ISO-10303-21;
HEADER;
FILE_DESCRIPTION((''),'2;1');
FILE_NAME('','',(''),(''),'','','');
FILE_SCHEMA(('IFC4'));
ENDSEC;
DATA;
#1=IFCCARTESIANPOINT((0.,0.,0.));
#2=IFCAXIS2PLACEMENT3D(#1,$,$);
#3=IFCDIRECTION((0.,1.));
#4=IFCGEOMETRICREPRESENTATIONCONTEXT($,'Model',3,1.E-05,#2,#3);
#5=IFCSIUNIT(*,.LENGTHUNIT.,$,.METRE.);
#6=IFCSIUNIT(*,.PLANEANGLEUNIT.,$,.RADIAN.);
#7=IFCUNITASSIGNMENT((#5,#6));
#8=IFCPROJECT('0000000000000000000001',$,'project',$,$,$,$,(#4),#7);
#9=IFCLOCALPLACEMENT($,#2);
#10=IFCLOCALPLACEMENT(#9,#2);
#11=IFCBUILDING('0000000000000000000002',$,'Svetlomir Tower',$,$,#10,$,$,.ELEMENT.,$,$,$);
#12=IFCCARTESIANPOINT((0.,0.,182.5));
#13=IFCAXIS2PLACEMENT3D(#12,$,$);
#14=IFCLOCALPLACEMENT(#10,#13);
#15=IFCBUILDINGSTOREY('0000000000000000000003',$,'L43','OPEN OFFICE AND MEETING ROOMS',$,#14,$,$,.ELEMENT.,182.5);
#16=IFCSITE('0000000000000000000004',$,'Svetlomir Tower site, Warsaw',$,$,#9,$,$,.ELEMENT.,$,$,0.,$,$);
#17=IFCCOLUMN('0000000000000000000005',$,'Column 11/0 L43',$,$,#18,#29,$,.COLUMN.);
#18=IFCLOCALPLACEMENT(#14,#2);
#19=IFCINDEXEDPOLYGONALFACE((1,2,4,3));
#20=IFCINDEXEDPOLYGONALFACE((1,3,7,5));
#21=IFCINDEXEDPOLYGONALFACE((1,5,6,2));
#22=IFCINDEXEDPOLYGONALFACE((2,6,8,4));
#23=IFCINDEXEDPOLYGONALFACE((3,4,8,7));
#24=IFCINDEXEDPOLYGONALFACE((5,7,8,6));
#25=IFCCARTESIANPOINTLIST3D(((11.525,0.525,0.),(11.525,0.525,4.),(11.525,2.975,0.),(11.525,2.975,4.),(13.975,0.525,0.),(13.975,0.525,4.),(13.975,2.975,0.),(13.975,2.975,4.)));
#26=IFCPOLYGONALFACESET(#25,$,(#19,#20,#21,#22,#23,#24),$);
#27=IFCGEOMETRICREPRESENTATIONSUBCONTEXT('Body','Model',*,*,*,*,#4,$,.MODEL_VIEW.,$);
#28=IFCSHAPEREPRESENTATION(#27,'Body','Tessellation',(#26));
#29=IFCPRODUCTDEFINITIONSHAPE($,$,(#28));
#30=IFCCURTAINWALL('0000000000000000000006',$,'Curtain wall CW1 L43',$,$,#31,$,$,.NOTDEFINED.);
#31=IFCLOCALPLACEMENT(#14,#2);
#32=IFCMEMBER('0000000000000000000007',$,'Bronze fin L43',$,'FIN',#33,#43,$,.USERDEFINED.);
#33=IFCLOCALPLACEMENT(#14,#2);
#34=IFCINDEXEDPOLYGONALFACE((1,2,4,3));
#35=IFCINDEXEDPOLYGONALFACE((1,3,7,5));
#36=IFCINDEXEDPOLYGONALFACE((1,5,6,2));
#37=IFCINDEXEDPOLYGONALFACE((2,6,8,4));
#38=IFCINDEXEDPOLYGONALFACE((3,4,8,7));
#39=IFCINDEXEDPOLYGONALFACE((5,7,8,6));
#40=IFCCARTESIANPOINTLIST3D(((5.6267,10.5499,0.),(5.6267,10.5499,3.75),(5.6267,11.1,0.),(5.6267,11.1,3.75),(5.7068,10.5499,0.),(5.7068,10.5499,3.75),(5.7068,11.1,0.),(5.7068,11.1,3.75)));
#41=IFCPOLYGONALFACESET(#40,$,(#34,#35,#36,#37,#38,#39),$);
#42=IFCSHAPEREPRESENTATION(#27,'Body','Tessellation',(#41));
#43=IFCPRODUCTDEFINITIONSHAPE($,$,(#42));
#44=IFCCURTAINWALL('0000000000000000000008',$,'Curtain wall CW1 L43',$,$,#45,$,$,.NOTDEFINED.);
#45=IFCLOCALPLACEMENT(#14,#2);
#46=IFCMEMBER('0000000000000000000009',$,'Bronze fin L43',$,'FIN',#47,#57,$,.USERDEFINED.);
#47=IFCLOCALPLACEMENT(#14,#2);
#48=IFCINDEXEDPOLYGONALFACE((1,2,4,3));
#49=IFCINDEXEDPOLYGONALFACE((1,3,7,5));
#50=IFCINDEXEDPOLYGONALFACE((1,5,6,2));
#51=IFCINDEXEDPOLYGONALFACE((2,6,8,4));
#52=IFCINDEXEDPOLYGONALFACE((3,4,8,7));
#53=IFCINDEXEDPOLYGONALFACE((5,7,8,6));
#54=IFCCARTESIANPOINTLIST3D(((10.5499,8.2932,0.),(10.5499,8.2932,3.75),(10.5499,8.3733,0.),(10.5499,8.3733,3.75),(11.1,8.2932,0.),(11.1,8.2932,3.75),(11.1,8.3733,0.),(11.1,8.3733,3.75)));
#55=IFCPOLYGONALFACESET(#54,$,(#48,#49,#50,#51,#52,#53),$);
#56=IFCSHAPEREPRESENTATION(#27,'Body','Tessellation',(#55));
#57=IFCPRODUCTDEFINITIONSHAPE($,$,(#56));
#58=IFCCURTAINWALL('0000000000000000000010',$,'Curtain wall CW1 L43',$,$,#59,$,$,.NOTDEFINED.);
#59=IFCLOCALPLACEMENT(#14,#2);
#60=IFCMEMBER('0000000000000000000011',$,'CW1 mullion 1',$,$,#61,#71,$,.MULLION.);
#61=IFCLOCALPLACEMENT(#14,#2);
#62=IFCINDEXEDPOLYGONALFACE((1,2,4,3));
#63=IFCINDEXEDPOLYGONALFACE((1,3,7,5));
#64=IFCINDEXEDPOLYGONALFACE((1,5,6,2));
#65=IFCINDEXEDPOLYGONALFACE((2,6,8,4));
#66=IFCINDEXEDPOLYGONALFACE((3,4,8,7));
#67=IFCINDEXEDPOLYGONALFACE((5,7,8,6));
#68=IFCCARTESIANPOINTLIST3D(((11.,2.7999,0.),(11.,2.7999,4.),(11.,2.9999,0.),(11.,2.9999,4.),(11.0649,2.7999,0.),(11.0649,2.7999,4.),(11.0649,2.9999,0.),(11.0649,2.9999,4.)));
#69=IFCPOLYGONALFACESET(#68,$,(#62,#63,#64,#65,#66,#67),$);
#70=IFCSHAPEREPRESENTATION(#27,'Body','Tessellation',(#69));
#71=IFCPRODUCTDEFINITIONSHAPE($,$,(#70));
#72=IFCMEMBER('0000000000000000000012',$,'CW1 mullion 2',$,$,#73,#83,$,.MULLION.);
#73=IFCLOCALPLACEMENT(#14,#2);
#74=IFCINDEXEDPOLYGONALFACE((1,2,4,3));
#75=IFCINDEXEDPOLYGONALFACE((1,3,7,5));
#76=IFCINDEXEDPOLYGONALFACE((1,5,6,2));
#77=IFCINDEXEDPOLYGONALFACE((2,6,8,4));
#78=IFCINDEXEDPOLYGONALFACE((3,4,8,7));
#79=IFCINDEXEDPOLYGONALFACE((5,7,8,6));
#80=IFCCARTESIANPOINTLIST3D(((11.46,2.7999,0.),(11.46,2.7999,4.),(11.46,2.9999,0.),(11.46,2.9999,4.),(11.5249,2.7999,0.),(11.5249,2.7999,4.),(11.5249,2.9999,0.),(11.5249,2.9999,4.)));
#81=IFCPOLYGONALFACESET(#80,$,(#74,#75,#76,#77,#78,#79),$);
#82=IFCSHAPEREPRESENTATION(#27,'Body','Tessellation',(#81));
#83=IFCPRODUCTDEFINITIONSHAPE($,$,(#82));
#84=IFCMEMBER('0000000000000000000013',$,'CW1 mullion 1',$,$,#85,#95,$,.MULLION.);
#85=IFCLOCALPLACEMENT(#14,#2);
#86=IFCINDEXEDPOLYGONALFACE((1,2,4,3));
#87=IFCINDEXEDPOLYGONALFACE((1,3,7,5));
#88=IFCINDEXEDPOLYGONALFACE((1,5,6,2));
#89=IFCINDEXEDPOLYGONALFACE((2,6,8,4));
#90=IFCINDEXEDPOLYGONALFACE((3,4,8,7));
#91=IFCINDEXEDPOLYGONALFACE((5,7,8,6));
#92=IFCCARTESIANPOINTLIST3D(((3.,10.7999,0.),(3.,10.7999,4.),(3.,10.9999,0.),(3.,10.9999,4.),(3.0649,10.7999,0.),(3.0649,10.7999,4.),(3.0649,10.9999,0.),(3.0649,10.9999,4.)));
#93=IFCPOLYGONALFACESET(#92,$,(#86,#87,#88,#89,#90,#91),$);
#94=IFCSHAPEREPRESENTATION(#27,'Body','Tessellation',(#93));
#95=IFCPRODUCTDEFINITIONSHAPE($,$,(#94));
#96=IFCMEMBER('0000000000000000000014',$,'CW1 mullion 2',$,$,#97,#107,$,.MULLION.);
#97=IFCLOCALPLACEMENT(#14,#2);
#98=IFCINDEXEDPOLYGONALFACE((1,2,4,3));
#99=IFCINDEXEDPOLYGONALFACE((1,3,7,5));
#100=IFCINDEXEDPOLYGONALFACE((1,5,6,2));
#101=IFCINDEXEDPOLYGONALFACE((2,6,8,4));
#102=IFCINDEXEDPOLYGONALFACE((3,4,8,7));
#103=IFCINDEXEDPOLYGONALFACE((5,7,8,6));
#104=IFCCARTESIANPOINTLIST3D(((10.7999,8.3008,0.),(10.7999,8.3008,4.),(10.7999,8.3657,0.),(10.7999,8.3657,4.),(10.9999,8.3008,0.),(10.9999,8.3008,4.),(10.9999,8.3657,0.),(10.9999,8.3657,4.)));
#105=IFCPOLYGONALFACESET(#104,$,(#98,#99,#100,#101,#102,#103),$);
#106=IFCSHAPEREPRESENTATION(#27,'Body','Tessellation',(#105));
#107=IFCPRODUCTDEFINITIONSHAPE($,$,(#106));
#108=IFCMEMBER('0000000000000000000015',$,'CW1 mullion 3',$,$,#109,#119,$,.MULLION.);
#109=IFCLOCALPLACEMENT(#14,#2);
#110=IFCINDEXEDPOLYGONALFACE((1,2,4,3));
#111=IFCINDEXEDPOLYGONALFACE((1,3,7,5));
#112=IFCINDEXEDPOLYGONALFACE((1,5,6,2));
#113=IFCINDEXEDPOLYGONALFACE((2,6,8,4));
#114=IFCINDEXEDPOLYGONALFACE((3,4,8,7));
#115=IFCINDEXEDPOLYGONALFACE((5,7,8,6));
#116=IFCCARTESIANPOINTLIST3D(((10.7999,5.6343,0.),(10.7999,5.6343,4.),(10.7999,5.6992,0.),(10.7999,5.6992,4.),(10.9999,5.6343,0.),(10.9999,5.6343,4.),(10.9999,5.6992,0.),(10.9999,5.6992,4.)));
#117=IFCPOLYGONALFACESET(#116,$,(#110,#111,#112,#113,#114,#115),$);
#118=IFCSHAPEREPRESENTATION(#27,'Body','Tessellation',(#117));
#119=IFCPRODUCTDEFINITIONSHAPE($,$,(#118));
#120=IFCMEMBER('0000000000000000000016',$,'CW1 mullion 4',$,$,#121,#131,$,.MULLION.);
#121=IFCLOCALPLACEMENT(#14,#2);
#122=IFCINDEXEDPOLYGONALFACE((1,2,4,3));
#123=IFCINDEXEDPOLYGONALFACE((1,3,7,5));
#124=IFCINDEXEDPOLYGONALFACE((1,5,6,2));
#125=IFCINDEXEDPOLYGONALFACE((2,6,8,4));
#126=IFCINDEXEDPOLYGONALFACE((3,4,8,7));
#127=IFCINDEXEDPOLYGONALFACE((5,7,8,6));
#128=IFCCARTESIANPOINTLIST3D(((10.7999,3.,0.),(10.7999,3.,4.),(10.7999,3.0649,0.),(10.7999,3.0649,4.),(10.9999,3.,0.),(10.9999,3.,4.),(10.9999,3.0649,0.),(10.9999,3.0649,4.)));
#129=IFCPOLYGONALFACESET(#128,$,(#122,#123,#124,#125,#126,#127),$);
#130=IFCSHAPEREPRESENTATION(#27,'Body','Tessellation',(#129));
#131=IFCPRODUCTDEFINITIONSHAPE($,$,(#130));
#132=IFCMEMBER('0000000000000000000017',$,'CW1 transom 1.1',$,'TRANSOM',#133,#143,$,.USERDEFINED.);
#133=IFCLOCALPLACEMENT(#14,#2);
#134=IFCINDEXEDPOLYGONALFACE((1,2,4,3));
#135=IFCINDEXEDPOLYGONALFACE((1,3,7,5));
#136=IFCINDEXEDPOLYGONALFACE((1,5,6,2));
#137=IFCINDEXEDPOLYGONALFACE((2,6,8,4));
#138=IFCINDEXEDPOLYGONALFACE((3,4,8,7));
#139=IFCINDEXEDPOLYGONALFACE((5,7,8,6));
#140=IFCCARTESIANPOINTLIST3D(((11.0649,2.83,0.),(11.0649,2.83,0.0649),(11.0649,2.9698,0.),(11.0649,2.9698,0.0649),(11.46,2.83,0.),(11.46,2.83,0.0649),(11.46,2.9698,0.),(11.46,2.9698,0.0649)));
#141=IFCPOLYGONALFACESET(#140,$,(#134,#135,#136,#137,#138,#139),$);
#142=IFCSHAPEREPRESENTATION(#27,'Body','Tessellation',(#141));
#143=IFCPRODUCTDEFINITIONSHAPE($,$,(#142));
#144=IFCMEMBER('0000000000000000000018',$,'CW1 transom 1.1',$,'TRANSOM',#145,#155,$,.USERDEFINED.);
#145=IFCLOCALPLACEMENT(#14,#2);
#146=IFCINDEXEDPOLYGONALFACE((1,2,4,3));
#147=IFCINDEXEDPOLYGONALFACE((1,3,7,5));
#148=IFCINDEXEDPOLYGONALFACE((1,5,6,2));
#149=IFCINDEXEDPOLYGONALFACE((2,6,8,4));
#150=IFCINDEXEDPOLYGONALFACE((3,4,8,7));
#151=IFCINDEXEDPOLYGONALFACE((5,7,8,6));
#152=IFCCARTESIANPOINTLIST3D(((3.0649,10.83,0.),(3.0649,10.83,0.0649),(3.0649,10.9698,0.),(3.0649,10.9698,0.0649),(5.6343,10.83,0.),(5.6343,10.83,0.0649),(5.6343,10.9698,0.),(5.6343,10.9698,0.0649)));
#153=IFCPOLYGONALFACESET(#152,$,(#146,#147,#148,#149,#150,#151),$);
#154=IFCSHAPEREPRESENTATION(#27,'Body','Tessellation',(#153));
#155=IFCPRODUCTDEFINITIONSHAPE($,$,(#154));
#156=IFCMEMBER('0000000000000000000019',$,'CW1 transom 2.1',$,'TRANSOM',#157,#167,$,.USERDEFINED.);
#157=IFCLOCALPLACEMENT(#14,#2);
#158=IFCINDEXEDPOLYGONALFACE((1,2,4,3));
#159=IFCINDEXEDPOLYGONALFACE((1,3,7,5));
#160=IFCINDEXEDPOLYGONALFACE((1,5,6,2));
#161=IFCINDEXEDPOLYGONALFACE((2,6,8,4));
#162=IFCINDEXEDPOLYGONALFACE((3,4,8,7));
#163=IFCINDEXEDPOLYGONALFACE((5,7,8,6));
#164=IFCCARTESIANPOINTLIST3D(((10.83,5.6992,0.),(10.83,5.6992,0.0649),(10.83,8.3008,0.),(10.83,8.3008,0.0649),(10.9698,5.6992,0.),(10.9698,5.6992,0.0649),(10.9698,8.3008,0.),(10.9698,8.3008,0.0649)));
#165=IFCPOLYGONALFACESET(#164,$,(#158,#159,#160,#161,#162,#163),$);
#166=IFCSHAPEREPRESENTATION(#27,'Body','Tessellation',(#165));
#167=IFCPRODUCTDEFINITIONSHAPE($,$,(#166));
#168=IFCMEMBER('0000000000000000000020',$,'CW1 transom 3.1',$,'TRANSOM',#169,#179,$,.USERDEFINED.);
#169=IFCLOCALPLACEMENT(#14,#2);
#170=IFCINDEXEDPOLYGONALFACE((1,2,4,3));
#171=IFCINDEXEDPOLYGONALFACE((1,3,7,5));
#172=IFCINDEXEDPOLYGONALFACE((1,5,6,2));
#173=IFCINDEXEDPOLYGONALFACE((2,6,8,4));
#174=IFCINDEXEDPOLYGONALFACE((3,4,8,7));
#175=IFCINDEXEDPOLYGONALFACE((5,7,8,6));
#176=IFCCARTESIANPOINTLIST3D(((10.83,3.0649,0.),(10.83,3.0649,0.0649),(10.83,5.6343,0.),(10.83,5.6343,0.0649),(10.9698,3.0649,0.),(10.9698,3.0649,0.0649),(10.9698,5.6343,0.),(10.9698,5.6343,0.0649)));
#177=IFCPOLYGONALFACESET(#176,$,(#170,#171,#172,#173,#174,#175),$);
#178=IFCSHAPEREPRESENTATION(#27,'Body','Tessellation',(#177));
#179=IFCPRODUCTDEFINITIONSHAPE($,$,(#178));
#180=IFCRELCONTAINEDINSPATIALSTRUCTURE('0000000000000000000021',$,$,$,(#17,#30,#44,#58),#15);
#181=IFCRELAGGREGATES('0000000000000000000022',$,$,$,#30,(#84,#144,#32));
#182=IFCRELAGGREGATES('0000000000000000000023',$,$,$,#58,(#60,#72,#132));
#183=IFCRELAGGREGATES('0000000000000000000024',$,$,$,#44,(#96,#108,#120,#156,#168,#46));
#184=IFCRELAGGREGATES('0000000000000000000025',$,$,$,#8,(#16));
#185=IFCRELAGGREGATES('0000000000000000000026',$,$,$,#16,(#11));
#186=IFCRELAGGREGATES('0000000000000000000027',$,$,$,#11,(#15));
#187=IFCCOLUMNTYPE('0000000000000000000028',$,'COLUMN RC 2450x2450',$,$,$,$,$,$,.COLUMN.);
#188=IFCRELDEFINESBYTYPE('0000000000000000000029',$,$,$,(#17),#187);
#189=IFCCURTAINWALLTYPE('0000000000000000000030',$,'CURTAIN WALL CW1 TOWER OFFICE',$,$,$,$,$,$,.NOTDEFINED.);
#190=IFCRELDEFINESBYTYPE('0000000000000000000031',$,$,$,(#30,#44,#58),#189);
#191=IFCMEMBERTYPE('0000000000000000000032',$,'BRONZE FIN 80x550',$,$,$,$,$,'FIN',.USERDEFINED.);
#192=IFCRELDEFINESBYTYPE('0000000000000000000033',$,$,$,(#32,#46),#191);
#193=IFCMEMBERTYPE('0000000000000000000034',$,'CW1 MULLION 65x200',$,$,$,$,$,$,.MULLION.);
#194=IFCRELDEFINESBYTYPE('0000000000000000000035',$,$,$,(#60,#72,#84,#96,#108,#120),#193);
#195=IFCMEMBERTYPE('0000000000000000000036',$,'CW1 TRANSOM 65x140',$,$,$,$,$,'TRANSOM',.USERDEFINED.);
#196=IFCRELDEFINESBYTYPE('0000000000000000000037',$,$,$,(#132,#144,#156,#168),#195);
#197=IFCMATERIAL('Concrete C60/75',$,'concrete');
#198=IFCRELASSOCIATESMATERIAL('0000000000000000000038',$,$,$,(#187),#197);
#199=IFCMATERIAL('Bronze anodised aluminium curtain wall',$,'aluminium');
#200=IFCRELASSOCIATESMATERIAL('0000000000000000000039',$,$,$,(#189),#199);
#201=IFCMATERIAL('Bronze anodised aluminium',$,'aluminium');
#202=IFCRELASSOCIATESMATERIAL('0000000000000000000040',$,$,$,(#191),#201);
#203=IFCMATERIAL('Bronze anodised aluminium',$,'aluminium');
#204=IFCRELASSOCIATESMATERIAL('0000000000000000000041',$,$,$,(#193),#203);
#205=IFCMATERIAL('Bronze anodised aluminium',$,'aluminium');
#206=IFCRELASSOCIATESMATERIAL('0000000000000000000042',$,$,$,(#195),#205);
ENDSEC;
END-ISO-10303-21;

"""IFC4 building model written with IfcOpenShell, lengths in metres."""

from ifc_helpers import new_model, si_unit, direction, frame, origin, origin_2d, place, context, subcontext, project, spatial, rectangle, extrude, material, material_profile, profile_set, type_object, element, aggregate, save


model = new_model("IFC4")

# Units and contexts
model_context = context("Model", 3, precision=1e-05, world=origin(), true_north=direction((0.0, 1.0)))
body_context = subcontext(model_context, "Body", "Model", "MODEL_VIEW")
ifc_project = project(units=[si_unit("LENGTHUNIT", "METRE"), si_unit("PLANEANGLEUNIT", "RADIAN")], contexts=[model_context])

# Site, building, storey
site_placement = place(None, origin())
site = spatial("IfcSite", under=ifc_project, at=site_placement, Name="Svetlomir Tower site, Warsaw", CompositionType="ELEMENT", RefElevation=0.0)
building_placement = place(site_placement, origin())
building = spatial("IfcBuilding", under=site, at=building_placement, Name="Svetlomir Tower", CompositionType="ELEMENT")
storey_placement = place(building_placement, frame((0.0, 0.0, 182.5)))
storey = spatial("IfcBuildingStorey", under=building, at=storey_placement, Name="L43", Description="OPEN OFFICE AND MEETING ROOMS", CompositionType="ELEMENT", Elevation=182.5)

# Column
ifc_material_1 = material(Name="Concrete C60/75", Category="concrete")
ifc_material_profile_1 = material_profile(ifc_material_1, rectangle(XDim=2.45, YDim=2.45, at=origin_2d()), Name="RC 2450x2450")
ifc_profile_set_1 = profile_set([ifc_material_profile_1], Name="Concrete C60/75")
column_type = type_object("IfcColumnType", Name="COLUMN RC 2450x2450", PredefinedType="COLUMN", material=ifc_profile_set_1)
column_placement = place(storey_placement, frame((12.75, 1.75, 0.0), z_axis=(0.0, 0.0, 1.0), x_axis=(1.0, 0.0, 0.0)))
element("IfcColumn", 1, at=column_placement, inside=storey, type_object=column_type, Name="Column 11/0 L43", PredefinedType="COLUMN", context=body_context, shape_type="SweptSolid", body=[
    extrude(rectangle(XDim=2.45, YDim=2.45, at=origin_2d()), origin(), (0.0, 0.0, 1.0), 4.0),
])

# Curtain walls, members
ifc_material_2 = material(Name="Bronze anodised aluminium curtain wall", Category="aluminium")
curtain_wall_type = type_object("IfcCurtainWallType", Name="CURTAIN WALL CW1 TOWER OFFICE", PredefinedType="NOTDEFINED", material=ifc_material_2)
curtain_wall_1_placement = place(storey_placement, origin())
curtain_wall_1 = element("IfcCurtainWall", 2, at=curtain_wall_1_placement, inside=storey, type_object=curtain_wall_type, Name="Curtain wall CW1 L43", PredefinedType="NOTDEFINED")
ifc_material_3 = material(Name="Bronze anodised aluminium", Category="aluminium")
ifc_material_profile_2 = material_profile(ifc_material_3, rectangle(XDim=0.0801, YDim=0.55, at=origin_2d()), Name="FIN 80x550")
ifc_profile_set_2 = profile_set([ifc_material_profile_2], Name="Bronze anodised aluminium 6063-T6")
member_type_1 = type_object("IfcMemberType", Name="BRONZE FIN 80x550", ElementType="FIN", PredefinedType="USERDEFINED", material=ifc_profile_set_2)
member_1_placement = place(storey_placement, frame((5.6667, 10.825, 0.0), z_axis=(0.0, 0.0, 1.0), x_axis=(1.0, 0.0, 0.0)))
member_1 = element("IfcMember", 3, at=member_1_placement, type_object=member_type_1, Name="Bronze fin L43", ObjectType="FIN", PredefinedType="USERDEFINED", context=body_context, shape_type="SweptSolid", body=[
    extrude(rectangle(XDim=0.0801, YDim=0.55, at=origin_2d()), origin(), (0.0, 0.0, 1.0), 3.75),
])
curtain_wall_2_placement = place(storey_placement, origin())
curtain_wall_2 = element("IfcCurtainWall", 4, at=curtain_wall_2_placement, inside=storey, type_object=curtain_wall_type, Name="Curtain wall CW1 L43", PredefinedType="NOTDEFINED")
member_2_placement = place(storey_placement, frame((10.825, 8.3333, 0.0), z_axis=(0.0, 0.0, 1.0), x_axis=(0.0, 1.0, 0.0)))
member_2 = element("IfcMember", 5, at=member_2_placement, type_object=member_type_1, Name="Bronze fin L43", ObjectType="FIN", PredefinedType="USERDEFINED", context=body_context, shape_type="SweptSolid", body=[
    extrude(rectangle(XDim=0.0801, YDim=0.55, at=origin_2d()), origin(), (0.0, 0.0, 1.0), 3.75),
])

# Curtain wall, members
curtain_wall_3_placement = place(storey_placement, origin())
curtain_wall_3 = element("IfcCurtainWall", 6, at=curtain_wall_3_placement, inside=storey, type_object=curtain_wall_type, Name="Curtain wall CW1 L43", PredefinedType="NOTDEFINED")
ifc_material_4 = material(Name="Bronze anodised aluminium", Category="aluminium")
ifc_material_profile_3 = material_profile(ifc_material_4, rectangle(XDim=0.0649, YDim=0.2, at=origin_2d()), Name="AL 65x200")
ifc_profile_set_3 = profile_set([ifc_material_profile_3], Name="Bronze anodised aluminium 6063-T6")
member_type_2 = type_object("IfcMemberType", Name="CW1 MULLION 65x200", PredefinedType="MULLION", material=ifc_profile_set_3)
member_3_placement = place(storey_placement, frame((11.0325, 2.8999, 0.0), z_axis=(0.0, 0.0, 1.0), x_axis=(1.0, 0.0, 0.0)))
member_3 = element("IfcMember", 7, at=member_3_placement, type_object=member_type_2, Name="CW1 mullion 1", PredefinedType="MULLION", context=body_context, shape_type="SweptSolid", body=[
    extrude(rectangle(XDim=0.0649, YDim=0.2, at=origin_2d()), origin(), (0.0, 0.0, 1.0), 4.0),
])
member_4_placement = place(storey_placement, frame((11.4924, 2.8999, 0.0), z_axis=(0.0, 0.0, 1.0), x_axis=(1.0, 0.0, 0.0)))
member_4 = element("IfcMember", 8, at=member_4_placement, type_object=member_type_2, Name="CW1 mullion 2", PredefinedType="MULLION", context=body_context, shape_type="SweptSolid", body=[
    extrude(rectangle(XDim=0.0649, YDim=0.2, at=origin_2d()), origin(), (0.0, 0.0, 1.0), 4.0),
])

# Members
member_5_placement = place(storey_placement, frame((3.0325, 10.8999, 0.0), z_axis=(0.0, 0.0, 1.0), x_axis=(1.0, 0.0, 0.0)))
member_5 = element("IfcMember", 9, at=member_5_placement, type_object=member_type_2, Name="CW1 mullion 1", PredefinedType="MULLION", context=body_context, shape_type="SweptSolid", body=[
    extrude(rectangle(XDim=0.0649, YDim=0.2, at=origin_2d()), origin(), (0.0, 0.0, 1.0), 4.0),
])
member_6_placement = place(storey_placement, frame((10.8999, 8.3333, 0.0), z_axis=(0.0, 0.0, 1.0), x_axis=(0.0, -1.0, 0.0)))
member_6 = element("IfcMember", 10, at=member_6_placement, type_object=member_type_2, Name="CW1 mullion 2", PredefinedType="MULLION", context=body_context, shape_type="SweptSolid", body=[
    extrude(rectangle(XDim=0.0649, YDim=0.2, at=origin_2d()), origin(), (0.0, 0.0, 1.0), 4.0),
])
member_7_placement = place(storey_placement, frame((10.8999, 5.6667, 0.0), z_axis=(0.0, 0.0, 1.0), x_axis=(0.0, -1.0, 0.0)))
member_7 = element("IfcMember", 11, at=member_7_placement, type_object=member_type_2, Name="CW1 mullion 3", PredefinedType="MULLION", context=body_context, shape_type="SweptSolid", body=[
    extrude(rectangle(XDim=0.0649, YDim=0.2, at=origin_2d()), origin(), (0.0, 0.0, 1.0), 4.0),
])
member_8_placement = place(storey_placement, frame((10.8999, 3.0325, 0.0), z_axis=(0.0, 0.0, 1.0), x_axis=(0.0, -1.0, 0.0)))
member_8 = element("IfcMember", 12, at=member_8_placement, type_object=member_type_2, Name="CW1 mullion 4", PredefinedType="MULLION", context=body_context, shape_type="SweptSolid", body=[
    extrude(rectangle(XDim=0.0649, YDim=0.2, at=origin_2d()), origin(), (0.0, 0.0, 1.0), 4.0),
])
ifc_material_5 = material(Name="Bronze anodised aluminium", Category="aluminium")
ifc_material_profile_4 = material_profile(ifc_material_5, rectangle(XDim=0.1399, YDim=0.0649, at=origin_2d()), Name="AL 140x65")
ifc_profile_set_4 = profile_set([ifc_material_profile_4], Name="Bronze anodised aluminium 6063-T6")
member_type_3 = type_object("IfcMemberType", Name="CW1 TRANSOM 65x140", ElementType="TRANSOM", PredefinedType="USERDEFINED", material=ifc_profile_set_4)
member_9_placement = place(storey_placement, frame((11.0649, 2.8999, 0.0325), z_axis=(1.0, 0.0, 0.0), x_axis=(0.0, 1.0, 0.0)))
member_9 = element("IfcMember", 13, at=member_9_placement, type_object=member_type_3, Name="CW1 transom 1.1", ObjectType="TRANSOM", PredefinedType="USERDEFINED", context=body_context, shape_type="SweptSolid", body=[
    extrude(rectangle(XDim=0.1399, YDim=0.0649, at=origin_2d()), origin(), (0.0, 0.0, 1.0), 0.395),
])
member_10_placement = place(storey_placement, frame((3.0649, 10.8999, 0.0325), z_axis=(1.0, 0.0, 0.0), x_axis=(0.0, 1.0, 0.0)))
member_10 = element("IfcMember", 14, at=member_10_placement, type_object=member_type_3, Name="CW1 transom 1.1", ObjectType="TRANSOM", PredefinedType="USERDEFINED", context=body_context, shape_type="SweptSolid", body=[
    extrude(rectangle(XDim=0.1399, YDim=0.0649, at=origin_2d()), origin(), (0.0, 0.0, 1.0), 2.5693),
])
aggregate(curtain_wall_1, [member_5, member_10, member_1])
member_11_placement = place(storey_placement, frame((10.8999, 8.3008, 0.0325), z_axis=(0.0, -1.0, 0.0), x_axis=(1.0, 0.0, 0.0)))
member_11 = element("IfcMember", 15, at=member_11_placement, type_object=member_type_3, Name="CW1 transom 2.1", ObjectType="TRANSOM", PredefinedType="USERDEFINED", context=body_context, shape_type="SweptSolid", body=[
    extrude(rectangle(XDim=0.1399, YDim=0.0649, at=origin_2d()), origin(), (0.0, 0.0, 1.0), 2.6016),
])
member_12_placement = place(storey_placement, frame((10.8999, 5.6343, 0.0325), z_axis=(0.0, -1.0, 0.0), x_axis=(1.0, 0.0, 0.0)))
member_12 = element("IfcMember", 16, at=member_12_placement, type_object=member_type_3, Name="CW1 transom 3.1", ObjectType="TRANSOM", PredefinedType="USERDEFINED", context=body_context, shape_type="SweptSolid", body=[
    extrude(rectangle(XDim=0.1399, YDim=0.0649, at=origin_2d()), origin(), (0.0, 0.0, 1.0), 2.5693),
])

aggregate(curtain_wall_3, [member_3, member_4, member_9])
aggregate(curtain_wall_2, [member_6, member_7, member_8, member_11, member_12, member_2])

save(model, "model.ifc")
